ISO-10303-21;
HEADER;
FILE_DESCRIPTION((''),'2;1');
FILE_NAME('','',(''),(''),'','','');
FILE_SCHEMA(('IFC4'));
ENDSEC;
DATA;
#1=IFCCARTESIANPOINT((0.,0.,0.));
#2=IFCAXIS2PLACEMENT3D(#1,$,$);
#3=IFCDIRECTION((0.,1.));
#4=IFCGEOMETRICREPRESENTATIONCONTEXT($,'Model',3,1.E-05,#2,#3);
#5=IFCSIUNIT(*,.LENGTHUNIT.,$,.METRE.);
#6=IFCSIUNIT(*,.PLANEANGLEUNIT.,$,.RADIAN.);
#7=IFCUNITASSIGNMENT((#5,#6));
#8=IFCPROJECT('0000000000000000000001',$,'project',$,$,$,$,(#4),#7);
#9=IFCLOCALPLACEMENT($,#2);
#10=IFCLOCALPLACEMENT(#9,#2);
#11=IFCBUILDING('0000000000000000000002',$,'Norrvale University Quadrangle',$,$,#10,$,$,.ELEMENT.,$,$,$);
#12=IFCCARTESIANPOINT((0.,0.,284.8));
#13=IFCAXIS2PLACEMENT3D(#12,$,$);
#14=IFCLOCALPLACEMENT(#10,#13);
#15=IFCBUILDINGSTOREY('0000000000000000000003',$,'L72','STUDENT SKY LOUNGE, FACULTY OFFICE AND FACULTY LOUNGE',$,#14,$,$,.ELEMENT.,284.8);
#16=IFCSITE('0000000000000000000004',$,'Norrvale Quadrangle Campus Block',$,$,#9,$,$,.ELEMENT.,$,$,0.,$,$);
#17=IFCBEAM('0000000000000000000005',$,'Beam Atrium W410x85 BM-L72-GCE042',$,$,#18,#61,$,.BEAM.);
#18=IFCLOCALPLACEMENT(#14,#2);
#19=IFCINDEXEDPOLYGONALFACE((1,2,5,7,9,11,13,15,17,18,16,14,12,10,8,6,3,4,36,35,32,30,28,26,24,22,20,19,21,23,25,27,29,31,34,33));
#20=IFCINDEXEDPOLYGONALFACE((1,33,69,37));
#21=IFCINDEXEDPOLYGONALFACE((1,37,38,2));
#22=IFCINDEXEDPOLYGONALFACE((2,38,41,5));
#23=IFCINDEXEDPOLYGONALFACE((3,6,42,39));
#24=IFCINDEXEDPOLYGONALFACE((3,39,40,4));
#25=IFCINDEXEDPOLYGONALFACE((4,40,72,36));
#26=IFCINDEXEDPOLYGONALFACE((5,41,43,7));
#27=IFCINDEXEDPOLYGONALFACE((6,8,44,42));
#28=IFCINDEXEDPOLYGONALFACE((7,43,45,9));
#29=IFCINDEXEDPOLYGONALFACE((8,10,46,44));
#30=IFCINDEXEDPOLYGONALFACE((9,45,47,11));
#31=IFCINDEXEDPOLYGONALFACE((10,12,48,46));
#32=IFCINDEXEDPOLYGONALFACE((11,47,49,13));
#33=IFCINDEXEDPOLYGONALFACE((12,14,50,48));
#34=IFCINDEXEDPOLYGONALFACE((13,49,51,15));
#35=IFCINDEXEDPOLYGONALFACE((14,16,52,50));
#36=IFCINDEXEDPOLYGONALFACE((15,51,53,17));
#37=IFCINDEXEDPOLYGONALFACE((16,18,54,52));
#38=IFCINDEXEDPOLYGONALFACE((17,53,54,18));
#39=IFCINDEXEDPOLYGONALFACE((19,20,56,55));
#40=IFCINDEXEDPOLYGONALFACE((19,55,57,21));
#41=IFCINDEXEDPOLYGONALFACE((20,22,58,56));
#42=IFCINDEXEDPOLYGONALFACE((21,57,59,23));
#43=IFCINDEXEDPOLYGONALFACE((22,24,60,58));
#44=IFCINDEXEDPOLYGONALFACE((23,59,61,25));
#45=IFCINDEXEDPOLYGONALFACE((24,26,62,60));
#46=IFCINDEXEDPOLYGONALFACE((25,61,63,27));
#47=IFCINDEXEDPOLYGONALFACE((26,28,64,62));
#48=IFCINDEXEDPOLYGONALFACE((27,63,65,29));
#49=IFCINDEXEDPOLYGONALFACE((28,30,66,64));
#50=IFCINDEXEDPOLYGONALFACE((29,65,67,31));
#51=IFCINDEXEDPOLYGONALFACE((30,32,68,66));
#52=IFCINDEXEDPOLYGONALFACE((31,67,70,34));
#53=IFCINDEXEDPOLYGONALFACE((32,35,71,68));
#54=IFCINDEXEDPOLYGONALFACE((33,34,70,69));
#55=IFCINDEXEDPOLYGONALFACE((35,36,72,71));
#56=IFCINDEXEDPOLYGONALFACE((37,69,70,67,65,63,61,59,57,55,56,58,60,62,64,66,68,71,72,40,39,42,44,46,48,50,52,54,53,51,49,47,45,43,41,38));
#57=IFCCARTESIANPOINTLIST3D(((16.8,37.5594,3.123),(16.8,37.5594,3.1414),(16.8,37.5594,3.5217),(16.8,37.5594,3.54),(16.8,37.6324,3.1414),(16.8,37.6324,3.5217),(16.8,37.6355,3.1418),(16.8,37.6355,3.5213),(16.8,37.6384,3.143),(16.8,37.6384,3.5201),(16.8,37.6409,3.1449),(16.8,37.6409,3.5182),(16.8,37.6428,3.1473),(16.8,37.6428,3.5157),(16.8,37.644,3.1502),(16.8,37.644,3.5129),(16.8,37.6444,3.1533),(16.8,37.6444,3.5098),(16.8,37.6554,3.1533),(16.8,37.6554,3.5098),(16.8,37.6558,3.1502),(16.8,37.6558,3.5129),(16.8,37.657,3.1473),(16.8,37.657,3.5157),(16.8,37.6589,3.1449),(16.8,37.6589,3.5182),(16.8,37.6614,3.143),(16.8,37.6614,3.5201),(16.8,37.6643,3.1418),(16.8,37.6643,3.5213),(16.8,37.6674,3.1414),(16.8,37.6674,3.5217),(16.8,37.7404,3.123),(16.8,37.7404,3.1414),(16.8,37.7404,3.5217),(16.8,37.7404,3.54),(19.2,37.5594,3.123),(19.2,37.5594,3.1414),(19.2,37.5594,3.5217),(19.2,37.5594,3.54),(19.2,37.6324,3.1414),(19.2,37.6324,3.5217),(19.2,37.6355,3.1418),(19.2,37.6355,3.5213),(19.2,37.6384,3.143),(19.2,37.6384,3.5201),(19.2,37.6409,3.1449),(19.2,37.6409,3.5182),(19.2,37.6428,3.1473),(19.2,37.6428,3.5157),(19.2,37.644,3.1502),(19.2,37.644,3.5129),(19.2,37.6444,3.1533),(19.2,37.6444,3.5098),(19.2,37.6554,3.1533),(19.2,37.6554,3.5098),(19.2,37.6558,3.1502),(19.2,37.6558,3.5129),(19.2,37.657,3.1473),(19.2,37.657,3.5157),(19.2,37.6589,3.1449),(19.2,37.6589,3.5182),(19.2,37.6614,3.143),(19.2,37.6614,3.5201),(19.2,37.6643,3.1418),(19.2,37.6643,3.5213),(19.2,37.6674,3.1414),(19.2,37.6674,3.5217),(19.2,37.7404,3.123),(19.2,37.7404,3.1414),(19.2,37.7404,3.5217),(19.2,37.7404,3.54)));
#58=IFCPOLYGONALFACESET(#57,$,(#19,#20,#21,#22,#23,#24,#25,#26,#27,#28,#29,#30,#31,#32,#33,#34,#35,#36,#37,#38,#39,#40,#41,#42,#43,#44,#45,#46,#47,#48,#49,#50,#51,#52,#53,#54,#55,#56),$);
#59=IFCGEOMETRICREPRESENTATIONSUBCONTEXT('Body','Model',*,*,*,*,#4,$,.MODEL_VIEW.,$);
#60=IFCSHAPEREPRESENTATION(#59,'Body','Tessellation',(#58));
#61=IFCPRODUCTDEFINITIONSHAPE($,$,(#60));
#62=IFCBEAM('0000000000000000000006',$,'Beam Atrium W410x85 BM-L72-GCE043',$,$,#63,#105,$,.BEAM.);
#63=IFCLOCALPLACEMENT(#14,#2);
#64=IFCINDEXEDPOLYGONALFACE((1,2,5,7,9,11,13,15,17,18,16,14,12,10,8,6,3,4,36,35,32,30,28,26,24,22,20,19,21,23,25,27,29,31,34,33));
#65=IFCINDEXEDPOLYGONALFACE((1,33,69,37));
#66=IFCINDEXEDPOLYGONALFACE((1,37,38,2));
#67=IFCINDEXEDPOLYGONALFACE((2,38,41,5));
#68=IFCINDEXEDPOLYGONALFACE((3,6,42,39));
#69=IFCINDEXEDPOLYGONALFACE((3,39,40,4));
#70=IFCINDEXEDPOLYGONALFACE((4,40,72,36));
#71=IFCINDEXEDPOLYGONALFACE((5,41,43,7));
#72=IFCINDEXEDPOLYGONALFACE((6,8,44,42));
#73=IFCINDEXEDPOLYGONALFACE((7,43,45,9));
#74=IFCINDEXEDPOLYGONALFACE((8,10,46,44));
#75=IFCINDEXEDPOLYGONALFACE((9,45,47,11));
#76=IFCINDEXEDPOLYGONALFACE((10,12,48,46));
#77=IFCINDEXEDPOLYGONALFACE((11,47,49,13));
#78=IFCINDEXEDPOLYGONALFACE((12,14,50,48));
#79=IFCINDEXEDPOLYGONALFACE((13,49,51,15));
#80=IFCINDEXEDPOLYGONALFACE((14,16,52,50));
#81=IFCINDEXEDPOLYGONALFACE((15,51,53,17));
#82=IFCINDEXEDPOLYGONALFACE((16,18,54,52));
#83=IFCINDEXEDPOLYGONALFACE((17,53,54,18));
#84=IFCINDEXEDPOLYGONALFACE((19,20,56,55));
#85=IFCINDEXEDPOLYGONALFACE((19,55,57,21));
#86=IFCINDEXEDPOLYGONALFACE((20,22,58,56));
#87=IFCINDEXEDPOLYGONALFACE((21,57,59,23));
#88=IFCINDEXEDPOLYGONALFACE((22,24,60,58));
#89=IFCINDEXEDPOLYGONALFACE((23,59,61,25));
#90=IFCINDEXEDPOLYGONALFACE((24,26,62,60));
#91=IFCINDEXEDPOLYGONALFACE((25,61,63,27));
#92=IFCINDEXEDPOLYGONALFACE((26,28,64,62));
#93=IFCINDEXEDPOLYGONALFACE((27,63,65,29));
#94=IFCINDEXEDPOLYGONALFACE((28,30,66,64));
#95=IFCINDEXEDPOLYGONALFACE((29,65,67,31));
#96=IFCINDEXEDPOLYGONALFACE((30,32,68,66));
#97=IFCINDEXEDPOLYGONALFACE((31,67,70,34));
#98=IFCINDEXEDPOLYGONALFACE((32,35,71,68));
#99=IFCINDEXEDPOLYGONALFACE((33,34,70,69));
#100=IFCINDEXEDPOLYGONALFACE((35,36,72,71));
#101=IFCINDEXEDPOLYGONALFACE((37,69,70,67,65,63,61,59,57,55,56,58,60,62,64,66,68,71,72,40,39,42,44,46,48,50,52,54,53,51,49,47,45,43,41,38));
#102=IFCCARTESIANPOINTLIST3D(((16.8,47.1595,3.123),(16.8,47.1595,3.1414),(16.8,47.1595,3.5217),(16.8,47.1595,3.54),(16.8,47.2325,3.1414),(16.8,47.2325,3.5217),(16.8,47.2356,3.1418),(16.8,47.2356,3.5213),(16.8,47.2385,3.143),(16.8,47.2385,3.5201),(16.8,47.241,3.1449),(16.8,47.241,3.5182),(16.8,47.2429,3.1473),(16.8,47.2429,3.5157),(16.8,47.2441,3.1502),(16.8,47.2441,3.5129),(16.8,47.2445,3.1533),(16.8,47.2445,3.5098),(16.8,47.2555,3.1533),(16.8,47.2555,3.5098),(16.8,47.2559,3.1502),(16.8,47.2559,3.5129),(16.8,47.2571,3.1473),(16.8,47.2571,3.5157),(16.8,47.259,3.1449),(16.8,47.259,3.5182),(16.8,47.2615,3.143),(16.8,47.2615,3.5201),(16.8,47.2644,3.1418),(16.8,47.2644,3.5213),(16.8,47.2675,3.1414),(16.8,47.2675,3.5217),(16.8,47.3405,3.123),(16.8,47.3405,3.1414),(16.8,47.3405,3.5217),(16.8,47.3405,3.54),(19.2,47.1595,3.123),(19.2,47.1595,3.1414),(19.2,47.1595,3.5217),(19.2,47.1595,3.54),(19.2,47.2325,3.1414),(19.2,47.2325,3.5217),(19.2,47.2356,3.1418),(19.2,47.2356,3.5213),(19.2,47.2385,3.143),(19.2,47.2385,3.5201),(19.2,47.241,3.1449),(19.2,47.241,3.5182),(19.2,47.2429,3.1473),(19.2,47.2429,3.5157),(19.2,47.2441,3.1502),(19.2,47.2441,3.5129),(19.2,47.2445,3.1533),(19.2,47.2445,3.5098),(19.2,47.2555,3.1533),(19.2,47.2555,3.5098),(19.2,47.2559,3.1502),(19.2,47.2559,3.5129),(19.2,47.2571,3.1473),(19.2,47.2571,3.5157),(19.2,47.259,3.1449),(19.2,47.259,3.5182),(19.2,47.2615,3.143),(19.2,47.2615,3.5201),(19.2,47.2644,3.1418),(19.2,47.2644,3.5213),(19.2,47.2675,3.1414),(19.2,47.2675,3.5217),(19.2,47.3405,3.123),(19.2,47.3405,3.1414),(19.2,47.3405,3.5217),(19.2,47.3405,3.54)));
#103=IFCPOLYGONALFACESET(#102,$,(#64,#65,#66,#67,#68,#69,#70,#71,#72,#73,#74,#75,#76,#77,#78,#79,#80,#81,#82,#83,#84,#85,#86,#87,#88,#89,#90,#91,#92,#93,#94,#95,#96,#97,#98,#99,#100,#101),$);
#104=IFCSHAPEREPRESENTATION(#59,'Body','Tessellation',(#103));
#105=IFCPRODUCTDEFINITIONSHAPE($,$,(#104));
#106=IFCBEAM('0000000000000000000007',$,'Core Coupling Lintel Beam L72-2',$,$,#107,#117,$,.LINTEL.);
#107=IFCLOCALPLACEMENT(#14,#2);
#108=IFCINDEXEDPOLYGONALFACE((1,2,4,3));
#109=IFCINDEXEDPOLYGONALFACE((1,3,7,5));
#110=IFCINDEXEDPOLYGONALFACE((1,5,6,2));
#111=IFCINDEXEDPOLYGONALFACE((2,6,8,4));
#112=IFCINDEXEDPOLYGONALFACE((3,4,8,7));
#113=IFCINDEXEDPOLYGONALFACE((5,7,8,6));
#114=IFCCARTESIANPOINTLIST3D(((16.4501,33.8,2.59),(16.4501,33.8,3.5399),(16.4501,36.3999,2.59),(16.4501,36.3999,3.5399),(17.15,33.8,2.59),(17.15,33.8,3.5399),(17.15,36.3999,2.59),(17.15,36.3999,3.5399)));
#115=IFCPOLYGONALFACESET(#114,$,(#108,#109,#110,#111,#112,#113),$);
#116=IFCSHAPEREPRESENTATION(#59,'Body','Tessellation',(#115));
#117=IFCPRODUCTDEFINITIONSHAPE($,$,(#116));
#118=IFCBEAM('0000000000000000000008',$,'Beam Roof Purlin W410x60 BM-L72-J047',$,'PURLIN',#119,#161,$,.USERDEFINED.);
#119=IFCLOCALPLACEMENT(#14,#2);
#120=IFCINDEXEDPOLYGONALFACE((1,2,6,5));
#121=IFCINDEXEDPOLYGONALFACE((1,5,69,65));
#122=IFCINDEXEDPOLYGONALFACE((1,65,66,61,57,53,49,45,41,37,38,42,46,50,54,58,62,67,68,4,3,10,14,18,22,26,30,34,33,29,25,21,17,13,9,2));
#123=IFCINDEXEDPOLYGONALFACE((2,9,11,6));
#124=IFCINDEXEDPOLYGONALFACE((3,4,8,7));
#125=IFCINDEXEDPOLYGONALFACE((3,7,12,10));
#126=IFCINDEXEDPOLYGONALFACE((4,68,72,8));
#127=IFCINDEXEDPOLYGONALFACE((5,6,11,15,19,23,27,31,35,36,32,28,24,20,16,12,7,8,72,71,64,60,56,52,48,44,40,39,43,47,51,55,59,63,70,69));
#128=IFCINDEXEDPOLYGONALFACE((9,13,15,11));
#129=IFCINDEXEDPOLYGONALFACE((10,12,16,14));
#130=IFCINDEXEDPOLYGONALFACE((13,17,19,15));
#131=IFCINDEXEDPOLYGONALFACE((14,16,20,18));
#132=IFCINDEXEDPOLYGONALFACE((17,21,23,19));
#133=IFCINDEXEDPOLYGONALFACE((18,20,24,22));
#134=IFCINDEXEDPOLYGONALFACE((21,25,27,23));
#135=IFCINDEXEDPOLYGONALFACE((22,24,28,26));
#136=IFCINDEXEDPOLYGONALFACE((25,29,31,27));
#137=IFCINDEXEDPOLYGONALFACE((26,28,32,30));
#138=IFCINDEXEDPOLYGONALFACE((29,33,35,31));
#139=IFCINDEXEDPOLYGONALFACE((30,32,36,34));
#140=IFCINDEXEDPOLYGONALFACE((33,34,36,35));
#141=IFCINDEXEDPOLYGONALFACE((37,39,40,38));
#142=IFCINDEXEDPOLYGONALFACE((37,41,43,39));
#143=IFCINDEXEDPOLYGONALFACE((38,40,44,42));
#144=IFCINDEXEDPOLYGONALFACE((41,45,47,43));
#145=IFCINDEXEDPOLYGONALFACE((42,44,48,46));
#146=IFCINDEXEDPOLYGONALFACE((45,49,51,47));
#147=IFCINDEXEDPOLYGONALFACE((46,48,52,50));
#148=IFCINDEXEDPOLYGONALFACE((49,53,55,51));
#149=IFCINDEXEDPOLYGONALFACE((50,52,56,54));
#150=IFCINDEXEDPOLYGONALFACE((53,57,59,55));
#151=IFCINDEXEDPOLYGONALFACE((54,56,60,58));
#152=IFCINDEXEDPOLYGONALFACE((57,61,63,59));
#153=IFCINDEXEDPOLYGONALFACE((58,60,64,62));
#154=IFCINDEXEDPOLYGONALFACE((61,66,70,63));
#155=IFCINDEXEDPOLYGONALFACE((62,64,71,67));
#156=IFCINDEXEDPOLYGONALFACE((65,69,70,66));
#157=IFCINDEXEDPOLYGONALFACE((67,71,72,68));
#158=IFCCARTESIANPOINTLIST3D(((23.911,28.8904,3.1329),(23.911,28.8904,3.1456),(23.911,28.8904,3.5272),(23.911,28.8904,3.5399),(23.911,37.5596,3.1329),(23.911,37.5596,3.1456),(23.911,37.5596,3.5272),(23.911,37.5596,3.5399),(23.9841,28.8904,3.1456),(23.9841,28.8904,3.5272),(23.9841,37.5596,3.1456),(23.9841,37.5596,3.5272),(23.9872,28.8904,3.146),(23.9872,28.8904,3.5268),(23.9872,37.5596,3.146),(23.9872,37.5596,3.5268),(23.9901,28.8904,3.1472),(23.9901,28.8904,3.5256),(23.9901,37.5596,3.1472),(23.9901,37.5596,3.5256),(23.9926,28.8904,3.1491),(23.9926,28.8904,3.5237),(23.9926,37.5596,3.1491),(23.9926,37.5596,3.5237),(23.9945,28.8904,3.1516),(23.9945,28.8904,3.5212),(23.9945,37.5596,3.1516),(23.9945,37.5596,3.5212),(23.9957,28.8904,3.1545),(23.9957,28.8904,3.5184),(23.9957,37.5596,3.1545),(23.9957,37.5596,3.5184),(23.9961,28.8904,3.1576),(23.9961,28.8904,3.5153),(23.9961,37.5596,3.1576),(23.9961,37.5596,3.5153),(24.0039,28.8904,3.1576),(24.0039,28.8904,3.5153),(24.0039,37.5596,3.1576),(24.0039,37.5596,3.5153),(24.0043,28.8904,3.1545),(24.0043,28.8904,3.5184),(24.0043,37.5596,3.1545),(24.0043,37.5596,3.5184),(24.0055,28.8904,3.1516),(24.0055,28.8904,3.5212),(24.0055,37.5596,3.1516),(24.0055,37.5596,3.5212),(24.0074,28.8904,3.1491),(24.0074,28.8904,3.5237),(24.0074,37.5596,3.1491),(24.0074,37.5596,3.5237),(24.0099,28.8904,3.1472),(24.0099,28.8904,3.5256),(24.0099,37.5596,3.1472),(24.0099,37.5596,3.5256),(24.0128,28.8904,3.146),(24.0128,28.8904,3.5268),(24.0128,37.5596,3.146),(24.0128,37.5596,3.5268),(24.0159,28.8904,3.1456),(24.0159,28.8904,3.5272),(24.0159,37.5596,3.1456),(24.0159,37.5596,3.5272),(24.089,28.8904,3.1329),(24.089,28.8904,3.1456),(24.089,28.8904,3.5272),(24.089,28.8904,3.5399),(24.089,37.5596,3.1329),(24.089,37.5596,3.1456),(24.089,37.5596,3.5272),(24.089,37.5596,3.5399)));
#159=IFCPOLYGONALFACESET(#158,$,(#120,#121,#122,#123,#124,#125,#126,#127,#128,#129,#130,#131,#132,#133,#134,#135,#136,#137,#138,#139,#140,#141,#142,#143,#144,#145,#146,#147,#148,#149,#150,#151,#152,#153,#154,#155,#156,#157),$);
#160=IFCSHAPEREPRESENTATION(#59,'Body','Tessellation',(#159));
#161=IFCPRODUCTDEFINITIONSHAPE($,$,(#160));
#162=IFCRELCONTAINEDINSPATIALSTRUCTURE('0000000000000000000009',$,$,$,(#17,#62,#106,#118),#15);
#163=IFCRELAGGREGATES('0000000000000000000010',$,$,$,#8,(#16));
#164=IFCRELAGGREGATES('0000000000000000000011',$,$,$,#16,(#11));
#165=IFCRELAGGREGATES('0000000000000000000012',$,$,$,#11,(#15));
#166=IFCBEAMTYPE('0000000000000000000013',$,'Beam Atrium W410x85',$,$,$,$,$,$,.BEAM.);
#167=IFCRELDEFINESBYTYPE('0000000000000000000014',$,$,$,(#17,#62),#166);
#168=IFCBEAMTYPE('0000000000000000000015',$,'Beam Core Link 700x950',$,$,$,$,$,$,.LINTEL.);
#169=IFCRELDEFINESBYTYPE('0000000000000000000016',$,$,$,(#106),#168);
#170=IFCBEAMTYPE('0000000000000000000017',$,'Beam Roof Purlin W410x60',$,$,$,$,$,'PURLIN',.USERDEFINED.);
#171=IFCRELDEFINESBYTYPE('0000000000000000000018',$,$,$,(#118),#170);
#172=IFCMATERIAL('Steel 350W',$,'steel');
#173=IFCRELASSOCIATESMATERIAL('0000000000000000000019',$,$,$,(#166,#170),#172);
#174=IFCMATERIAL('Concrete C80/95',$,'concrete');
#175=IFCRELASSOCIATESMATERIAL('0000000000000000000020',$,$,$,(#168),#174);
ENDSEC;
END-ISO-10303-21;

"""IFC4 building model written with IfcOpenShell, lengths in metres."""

from ifc_helpers import new_model, si_unit, direction, frame, origin, origin_2d, place, context, subcontext, project, spatial, rectangle, i_section, extrude, material, material_profile, profile_set, type_object, element, save


model = new_model("IFC4")

# Units and contexts
model_context = context("Model", 3, precision=1e-05, world=origin(), true_north=direction((0.0, 1.0)))
body_context = subcontext(model_context, "Body", "Model", "MODEL_VIEW")
ifc_project = project(units=[si_unit("LENGTHUNIT", "METRE"), si_unit("PLANEANGLEUNIT", "RADIAN")], contexts=[model_context])

# Site, building, storey
site_placement = place(None, origin())
site = spatial("IfcSite", under=ifc_project, at=site_placement, Name="Norrvale Quadrangle Campus Block", CompositionType="ELEMENT", RefElevation=0.0)
building_placement = place(site_placement, origin())
building = spatial("IfcBuilding", under=site, at=building_placement, Name="Norrvale University Quadrangle", CompositionType="ELEMENT")
storey_placement = place(building_placement, frame((0.0, 0.0, 284.8)))
storey = spatial("IfcBuildingStorey", under=building, at=storey_placement, Name="L72", Description="STUDENT SKY LOUNGE, FACULTY OFFICE AND FACULTY LOUNGE", CompositionType="ELEMENT", Elevation=284.8)

# Beams
ifc_material_1 = material(Name="Steel 350W", Category="steel")
ifc_material_profile_1 = material_profile(ifc_material_1, i_section(OverallWidth=0.1809, OverallDepth=0.417, WebThickness=0.011, FlangeThickness=0.0183, FilletRadius=0.012, at=origin_2d()), Name="Steel 350W")
ifc_profile_set_1 = profile_set([ifc_material_profile_1], Name="Steel 350W")
beam_type_1 = type_object("IfcBeamType", Name="Beam Atrium W410x85", PredefinedType="BEAM", material=ifc_profile_set_1)
for number, where, z_axis, x_axis, name in (
    (1, (16.8, 37.6499, 3.3315), (1.0, 0.0, 0.0), (0.0, 1.0, 0.0), "Beam Atrium W410x85 BM-L72-GCE042"),
    (2, (16.8, 47.25, 3.3315), (1.0, 0.0, 0.0), (0.0, 1.0, 0.0), "Beam Atrium W410x85 BM-L72-GCE043"),
):
    element("IfcBeam", number, at=place(storey_placement, frame(where, z_axis=z_axis, x_axis=x_axis)), inside=storey, type_object=beam_type_1, Name=name, PredefinedType="BEAM", context=body_context, shape_type="SweptSolid", body=[
        extrude(i_section(OverallWidth=0.1809, OverallDepth=0.417, WebThickness=0.011, FlangeThickness=0.0183, FilletRadius=0.012, at=origin_2d()), origin(), (0.0, 0.0, 1.0), 2.3999),
    ])
ifc_material_2 = material(Name="Concrete C80/95", Category="concrete")
ifc_material_profile_2 = material_profile(ifc_material_2, rectangle(XDim=0.7, YDim=0.95, at=origin_2d()), Name="Concrete C80/95")
ifc_profile_set_2 = profile_set([ifc_material_profile_2], Name="Concrete C80/95")
beam_type_2 = type_object("IfcBeamType", Name="Beam Core Link 700x950", PredefinedType="LINTEL", material=ifc_profile_set_2)
beam_1_placement = place(storey_placement, frame((16.8, 33.8, 3.0649), z_axis=(0.0, 1.0, 0.0), x_axis=(-1.0, 0.0, 0.0)))
element("IfcBeam", 3, at=beam_1_placement, inside=storey, type_object=beam_type_2, Name="Core Coupling Lintel Beam L72-2", PredefinedType="LINTEL", context=body_context, shape_type="SweptSolid", body=[
    extrude(rectangle(XDim=0.7, YDim=0.95, at=origin_2d()), origin(), (0.0, 0.0, 1.0), 2.5999),
])
ifc_material_profile_3 = material_profile(ifc_material_1, i_section(OverallWidth=0.178, OverallDepth=0.407, WebThickness=0.0078, FlangeThickness=0.0127, FilletRadius=0.012, at=origin_2d()), Name="Steel 350W")
ifc_profile_set_3 = profile_set([ifc_material_profile_3], Name="Steel 350W")
beam_type_3 = type_object("IfcBeamType", Name="Beam Roof Purlin W410x60", ElementType="PURLIN", PredefinedType="USERDEFINED", material=ifc_profile_set_3)
beam_2_placement = place(storey_placement, frame((24.0, 28.8904, 3.3364), z_axis=(0.0, 1.0, 0.0), x_axis=(-1.0, 0.0, 0.0)))
element("IfcBeam", 4, at=beam_2_placement, inside=storey, type_object=beam_type_3, Name="Beam Roof Purlin W410x60 BM-L72-J047", ObjectType="PURLIN", PredefinedType="USERDEFINED", context=body_context, shape_type="SweptSolid", body=[
    extrude(i_section(OverallWidth=0.178, OverallDepth=0.407, WebThickness=0.0078, FlangeThickness=0.0127, FilletRadius=0.012, at=origin_2d()), origin(), (0.0, 0.0, 1.0), 8.6692),
])

save(model, "model.ifc")
